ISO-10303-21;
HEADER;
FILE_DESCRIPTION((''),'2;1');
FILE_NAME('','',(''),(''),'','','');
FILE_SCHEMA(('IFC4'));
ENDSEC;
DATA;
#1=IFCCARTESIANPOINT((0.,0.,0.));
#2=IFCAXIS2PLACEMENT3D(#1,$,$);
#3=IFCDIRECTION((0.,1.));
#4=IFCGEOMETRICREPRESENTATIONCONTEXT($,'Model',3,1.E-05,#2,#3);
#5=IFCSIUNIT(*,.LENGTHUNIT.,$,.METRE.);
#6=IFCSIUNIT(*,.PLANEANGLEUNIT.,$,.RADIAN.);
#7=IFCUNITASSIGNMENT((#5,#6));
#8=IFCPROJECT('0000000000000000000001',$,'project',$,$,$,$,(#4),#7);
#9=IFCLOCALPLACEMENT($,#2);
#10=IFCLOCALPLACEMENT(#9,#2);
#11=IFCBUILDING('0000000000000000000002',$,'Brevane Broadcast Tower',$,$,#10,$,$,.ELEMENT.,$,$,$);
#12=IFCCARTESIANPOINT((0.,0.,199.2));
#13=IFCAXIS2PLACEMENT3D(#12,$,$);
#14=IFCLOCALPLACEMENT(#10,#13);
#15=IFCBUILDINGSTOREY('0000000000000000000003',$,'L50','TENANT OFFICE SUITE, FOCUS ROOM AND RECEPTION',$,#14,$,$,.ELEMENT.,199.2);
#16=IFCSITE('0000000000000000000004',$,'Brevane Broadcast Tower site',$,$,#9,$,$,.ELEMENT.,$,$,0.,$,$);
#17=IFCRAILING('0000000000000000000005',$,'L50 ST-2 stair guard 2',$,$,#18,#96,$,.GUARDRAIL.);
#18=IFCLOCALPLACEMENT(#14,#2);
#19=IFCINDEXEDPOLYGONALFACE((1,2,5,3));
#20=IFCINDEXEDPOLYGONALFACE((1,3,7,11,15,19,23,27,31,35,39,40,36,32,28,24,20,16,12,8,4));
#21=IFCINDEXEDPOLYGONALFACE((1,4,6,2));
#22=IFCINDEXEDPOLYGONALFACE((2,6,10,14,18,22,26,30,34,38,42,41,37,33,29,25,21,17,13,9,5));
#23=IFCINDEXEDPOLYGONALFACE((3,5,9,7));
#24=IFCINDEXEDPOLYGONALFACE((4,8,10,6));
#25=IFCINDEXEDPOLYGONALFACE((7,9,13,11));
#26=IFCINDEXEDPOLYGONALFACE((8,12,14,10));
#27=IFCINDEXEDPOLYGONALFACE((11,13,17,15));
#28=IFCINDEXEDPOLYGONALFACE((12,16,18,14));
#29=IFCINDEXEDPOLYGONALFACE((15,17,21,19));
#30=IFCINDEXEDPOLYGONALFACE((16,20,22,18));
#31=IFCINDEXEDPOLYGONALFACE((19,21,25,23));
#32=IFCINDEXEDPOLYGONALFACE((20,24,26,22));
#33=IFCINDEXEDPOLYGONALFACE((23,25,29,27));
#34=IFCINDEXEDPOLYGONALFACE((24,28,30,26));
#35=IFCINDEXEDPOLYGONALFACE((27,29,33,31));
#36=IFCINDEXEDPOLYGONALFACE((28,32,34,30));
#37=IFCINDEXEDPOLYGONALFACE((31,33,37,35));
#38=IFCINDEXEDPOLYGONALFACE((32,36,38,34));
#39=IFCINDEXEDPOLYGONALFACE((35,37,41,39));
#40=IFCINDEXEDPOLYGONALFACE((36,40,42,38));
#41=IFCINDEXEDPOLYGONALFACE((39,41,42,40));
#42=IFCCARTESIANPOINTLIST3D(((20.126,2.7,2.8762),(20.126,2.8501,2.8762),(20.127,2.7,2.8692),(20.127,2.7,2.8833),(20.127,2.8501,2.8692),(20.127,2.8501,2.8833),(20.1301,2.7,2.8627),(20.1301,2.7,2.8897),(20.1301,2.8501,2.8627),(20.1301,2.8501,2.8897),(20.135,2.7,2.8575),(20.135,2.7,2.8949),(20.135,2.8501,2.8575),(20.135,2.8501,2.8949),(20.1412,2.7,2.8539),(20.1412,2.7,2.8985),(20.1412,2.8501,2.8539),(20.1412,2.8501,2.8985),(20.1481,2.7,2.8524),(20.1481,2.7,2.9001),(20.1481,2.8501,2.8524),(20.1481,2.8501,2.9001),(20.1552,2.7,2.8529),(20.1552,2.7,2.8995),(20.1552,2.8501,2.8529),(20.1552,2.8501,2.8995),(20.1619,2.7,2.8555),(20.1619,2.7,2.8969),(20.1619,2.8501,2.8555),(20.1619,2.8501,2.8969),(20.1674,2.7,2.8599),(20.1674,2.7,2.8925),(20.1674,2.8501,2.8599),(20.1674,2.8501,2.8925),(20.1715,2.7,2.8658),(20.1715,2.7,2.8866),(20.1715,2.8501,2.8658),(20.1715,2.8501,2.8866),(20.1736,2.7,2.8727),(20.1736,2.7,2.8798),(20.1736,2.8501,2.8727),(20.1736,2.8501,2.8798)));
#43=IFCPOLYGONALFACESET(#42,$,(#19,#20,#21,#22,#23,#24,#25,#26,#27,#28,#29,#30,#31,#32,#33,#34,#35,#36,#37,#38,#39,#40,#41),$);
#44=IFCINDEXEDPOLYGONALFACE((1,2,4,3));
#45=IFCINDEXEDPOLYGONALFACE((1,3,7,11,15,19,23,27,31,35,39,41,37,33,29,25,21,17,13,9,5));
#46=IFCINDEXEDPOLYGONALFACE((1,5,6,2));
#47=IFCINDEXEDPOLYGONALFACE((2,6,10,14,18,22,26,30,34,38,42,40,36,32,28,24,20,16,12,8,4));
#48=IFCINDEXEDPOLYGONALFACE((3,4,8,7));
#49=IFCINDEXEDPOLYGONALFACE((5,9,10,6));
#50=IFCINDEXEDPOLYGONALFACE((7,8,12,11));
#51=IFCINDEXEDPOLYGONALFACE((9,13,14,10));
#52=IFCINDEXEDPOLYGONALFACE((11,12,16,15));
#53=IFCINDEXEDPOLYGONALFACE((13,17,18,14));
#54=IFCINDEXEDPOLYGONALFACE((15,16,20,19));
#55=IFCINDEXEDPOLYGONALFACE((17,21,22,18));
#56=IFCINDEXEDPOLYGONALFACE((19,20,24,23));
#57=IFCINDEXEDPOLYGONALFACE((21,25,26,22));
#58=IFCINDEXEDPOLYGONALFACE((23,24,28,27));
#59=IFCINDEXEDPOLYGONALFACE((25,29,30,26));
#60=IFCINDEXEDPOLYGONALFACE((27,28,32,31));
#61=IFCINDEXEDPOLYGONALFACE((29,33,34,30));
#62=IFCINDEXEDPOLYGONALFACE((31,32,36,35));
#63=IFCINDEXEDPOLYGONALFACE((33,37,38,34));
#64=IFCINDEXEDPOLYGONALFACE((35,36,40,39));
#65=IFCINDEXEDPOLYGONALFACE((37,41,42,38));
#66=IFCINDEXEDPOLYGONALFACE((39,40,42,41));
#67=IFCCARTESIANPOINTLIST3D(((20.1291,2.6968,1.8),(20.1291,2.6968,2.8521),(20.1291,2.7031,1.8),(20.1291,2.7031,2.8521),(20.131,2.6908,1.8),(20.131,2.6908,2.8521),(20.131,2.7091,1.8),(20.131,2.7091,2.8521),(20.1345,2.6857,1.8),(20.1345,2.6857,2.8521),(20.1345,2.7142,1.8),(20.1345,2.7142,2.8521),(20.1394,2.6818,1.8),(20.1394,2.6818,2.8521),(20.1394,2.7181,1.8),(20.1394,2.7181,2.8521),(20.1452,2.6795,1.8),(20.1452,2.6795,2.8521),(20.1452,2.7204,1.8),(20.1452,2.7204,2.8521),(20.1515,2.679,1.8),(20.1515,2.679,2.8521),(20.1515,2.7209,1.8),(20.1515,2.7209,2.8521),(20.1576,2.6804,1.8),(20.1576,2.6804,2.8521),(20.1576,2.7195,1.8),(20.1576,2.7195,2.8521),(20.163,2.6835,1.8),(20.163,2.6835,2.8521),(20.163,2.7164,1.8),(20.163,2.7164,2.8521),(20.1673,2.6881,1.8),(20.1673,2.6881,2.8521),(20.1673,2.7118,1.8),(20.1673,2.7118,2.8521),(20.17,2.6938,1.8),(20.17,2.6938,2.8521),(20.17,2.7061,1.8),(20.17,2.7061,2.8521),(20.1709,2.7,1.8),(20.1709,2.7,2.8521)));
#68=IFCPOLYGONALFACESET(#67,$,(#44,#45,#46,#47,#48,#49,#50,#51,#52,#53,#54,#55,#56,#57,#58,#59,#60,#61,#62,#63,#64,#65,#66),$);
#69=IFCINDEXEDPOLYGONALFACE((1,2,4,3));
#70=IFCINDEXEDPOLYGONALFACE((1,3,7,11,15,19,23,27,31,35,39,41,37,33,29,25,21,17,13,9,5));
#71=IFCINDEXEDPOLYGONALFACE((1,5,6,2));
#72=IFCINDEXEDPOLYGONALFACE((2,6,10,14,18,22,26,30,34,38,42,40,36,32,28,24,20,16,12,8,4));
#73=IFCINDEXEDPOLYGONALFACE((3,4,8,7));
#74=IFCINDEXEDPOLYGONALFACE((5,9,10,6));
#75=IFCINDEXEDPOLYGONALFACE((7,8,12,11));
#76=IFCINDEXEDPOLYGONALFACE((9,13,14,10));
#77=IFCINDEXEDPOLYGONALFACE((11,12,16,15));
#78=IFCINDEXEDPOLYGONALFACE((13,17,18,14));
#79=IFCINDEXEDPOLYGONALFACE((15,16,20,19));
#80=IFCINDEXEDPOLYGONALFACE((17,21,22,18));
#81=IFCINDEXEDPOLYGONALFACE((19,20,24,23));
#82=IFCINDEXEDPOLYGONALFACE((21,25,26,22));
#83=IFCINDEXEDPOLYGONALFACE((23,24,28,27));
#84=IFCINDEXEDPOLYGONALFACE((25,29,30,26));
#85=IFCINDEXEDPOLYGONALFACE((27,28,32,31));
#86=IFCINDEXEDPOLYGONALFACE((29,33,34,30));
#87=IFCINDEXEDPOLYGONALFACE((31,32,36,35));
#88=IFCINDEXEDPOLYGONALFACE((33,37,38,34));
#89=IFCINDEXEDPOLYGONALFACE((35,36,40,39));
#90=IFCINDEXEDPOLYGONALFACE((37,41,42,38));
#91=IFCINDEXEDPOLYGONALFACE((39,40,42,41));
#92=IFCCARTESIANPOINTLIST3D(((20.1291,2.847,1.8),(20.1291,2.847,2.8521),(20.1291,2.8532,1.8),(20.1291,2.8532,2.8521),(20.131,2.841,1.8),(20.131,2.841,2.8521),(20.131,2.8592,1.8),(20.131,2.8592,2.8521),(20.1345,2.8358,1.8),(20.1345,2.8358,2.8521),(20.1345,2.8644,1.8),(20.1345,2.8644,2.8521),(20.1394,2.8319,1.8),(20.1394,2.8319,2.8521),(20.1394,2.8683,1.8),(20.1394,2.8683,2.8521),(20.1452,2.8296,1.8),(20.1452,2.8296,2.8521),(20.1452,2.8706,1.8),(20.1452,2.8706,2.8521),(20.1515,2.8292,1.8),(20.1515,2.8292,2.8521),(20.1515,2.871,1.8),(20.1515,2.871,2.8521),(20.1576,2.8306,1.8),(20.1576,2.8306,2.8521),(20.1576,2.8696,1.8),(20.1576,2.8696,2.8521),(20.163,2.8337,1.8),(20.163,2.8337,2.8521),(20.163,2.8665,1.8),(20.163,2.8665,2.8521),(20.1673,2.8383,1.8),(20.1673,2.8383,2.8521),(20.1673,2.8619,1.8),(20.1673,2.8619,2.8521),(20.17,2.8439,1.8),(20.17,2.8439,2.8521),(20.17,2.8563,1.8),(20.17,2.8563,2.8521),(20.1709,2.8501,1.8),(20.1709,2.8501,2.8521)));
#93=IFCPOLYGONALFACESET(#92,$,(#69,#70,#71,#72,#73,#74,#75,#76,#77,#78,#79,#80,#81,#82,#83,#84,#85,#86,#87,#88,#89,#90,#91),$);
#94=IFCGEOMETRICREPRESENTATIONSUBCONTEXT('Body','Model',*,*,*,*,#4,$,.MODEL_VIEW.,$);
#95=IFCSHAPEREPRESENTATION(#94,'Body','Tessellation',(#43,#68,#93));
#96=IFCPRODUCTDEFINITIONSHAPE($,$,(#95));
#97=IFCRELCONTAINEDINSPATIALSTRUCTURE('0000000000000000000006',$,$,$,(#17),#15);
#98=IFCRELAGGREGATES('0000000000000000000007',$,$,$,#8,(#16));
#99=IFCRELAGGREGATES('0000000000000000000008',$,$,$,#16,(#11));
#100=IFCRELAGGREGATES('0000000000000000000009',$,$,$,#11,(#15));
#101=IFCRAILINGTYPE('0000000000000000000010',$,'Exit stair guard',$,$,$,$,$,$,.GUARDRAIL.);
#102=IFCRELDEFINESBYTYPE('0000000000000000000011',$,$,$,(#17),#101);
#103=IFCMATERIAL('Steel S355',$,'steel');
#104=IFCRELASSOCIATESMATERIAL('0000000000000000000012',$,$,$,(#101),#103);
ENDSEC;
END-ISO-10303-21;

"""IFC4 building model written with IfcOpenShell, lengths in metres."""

from ifc_helpers import new_model, si_unit, direction, frame, origin, origin_2d, place, context, subcontext, project, spatial, circle, extrude, material, type_object, element, save


model = new_model("IFC4")

# Units and contexts
model_context = context("Model", 3, precision=1e-05, world=origin(), true_north=direction((0.0, 1.0)))
body_context = subcontext(model_context, "Body", "Model", "MODEL_VIEW")
ifc_project = project(units=[si_unit("LENGTHUNIT", "METRE"), si_unit("PLANEANGLEUNIT", "RADIAN")], contexts=[model_context])

# Site, building, storey
site_placement = place(None, origin())
site = spatial("IfcSite", under=ifc_project, at=site_placement, Name="Brevane Broadcast Tower site", CompositionType="ELEMENT", RefElevation=0.0)
building_placement = place(site_placement, origin())
building = spatial("IfcBuilding", under=site, at=building_placement, Name="Brevane Broadcast Tower", CompositionType="ELEMENT")
storey_placement = place(building_placement, frame((0.0, 0.0, 199.2)))
storey = spatial("IfcBuildingStorey", under=building, at=storey_placement, Name="L50", Description="TENANT OFFICE SUITE, FOCUS ROOM AND RECEPTION", CompositionType="ELEMENT", Elevation=199.2)

# Railing
ifc_material_1 = material(Name="Steel S355", Category="steel")
railing_type_1 = type_object("IfcRailingType", Name="Exit stair guard", PredefinedType="GUARDRAIL", material=ifc_material_1)
railing_1_placement = place(storey_placement, frame((20.1499, 2.7, 1.8)))
element("IfcRailing", 1, at=railing_1_placement, inside=storey, type_object=railing_type_1, Name="L50 ST-2 stair guard 2", PredefinedType="GUARDRAIL", context=body_context, shape_type="SweptSolid", body=[
    extrude(circle(Radius=0.0239, at=origin_2d()), frame((0.0, 0.0, 1.0762), z_axis=(0.0, 1.0, 0.0), x_axis=(-1.0, 0.0, 0.0)), (0.0, 0.0, 1.0), 0.1501),
    extrude(circle(Radius=0.021, at=origin_2d()), origin(), (0.0, 0.0, 1.0), 1.052),
    extrude(circle(Radius=0.021, at=origin_2d()), frame((0.0, 0.1501, 0.0)), (0.0, 0.0, 1.0), 1.052),
])

save(model, "model.ifc")
